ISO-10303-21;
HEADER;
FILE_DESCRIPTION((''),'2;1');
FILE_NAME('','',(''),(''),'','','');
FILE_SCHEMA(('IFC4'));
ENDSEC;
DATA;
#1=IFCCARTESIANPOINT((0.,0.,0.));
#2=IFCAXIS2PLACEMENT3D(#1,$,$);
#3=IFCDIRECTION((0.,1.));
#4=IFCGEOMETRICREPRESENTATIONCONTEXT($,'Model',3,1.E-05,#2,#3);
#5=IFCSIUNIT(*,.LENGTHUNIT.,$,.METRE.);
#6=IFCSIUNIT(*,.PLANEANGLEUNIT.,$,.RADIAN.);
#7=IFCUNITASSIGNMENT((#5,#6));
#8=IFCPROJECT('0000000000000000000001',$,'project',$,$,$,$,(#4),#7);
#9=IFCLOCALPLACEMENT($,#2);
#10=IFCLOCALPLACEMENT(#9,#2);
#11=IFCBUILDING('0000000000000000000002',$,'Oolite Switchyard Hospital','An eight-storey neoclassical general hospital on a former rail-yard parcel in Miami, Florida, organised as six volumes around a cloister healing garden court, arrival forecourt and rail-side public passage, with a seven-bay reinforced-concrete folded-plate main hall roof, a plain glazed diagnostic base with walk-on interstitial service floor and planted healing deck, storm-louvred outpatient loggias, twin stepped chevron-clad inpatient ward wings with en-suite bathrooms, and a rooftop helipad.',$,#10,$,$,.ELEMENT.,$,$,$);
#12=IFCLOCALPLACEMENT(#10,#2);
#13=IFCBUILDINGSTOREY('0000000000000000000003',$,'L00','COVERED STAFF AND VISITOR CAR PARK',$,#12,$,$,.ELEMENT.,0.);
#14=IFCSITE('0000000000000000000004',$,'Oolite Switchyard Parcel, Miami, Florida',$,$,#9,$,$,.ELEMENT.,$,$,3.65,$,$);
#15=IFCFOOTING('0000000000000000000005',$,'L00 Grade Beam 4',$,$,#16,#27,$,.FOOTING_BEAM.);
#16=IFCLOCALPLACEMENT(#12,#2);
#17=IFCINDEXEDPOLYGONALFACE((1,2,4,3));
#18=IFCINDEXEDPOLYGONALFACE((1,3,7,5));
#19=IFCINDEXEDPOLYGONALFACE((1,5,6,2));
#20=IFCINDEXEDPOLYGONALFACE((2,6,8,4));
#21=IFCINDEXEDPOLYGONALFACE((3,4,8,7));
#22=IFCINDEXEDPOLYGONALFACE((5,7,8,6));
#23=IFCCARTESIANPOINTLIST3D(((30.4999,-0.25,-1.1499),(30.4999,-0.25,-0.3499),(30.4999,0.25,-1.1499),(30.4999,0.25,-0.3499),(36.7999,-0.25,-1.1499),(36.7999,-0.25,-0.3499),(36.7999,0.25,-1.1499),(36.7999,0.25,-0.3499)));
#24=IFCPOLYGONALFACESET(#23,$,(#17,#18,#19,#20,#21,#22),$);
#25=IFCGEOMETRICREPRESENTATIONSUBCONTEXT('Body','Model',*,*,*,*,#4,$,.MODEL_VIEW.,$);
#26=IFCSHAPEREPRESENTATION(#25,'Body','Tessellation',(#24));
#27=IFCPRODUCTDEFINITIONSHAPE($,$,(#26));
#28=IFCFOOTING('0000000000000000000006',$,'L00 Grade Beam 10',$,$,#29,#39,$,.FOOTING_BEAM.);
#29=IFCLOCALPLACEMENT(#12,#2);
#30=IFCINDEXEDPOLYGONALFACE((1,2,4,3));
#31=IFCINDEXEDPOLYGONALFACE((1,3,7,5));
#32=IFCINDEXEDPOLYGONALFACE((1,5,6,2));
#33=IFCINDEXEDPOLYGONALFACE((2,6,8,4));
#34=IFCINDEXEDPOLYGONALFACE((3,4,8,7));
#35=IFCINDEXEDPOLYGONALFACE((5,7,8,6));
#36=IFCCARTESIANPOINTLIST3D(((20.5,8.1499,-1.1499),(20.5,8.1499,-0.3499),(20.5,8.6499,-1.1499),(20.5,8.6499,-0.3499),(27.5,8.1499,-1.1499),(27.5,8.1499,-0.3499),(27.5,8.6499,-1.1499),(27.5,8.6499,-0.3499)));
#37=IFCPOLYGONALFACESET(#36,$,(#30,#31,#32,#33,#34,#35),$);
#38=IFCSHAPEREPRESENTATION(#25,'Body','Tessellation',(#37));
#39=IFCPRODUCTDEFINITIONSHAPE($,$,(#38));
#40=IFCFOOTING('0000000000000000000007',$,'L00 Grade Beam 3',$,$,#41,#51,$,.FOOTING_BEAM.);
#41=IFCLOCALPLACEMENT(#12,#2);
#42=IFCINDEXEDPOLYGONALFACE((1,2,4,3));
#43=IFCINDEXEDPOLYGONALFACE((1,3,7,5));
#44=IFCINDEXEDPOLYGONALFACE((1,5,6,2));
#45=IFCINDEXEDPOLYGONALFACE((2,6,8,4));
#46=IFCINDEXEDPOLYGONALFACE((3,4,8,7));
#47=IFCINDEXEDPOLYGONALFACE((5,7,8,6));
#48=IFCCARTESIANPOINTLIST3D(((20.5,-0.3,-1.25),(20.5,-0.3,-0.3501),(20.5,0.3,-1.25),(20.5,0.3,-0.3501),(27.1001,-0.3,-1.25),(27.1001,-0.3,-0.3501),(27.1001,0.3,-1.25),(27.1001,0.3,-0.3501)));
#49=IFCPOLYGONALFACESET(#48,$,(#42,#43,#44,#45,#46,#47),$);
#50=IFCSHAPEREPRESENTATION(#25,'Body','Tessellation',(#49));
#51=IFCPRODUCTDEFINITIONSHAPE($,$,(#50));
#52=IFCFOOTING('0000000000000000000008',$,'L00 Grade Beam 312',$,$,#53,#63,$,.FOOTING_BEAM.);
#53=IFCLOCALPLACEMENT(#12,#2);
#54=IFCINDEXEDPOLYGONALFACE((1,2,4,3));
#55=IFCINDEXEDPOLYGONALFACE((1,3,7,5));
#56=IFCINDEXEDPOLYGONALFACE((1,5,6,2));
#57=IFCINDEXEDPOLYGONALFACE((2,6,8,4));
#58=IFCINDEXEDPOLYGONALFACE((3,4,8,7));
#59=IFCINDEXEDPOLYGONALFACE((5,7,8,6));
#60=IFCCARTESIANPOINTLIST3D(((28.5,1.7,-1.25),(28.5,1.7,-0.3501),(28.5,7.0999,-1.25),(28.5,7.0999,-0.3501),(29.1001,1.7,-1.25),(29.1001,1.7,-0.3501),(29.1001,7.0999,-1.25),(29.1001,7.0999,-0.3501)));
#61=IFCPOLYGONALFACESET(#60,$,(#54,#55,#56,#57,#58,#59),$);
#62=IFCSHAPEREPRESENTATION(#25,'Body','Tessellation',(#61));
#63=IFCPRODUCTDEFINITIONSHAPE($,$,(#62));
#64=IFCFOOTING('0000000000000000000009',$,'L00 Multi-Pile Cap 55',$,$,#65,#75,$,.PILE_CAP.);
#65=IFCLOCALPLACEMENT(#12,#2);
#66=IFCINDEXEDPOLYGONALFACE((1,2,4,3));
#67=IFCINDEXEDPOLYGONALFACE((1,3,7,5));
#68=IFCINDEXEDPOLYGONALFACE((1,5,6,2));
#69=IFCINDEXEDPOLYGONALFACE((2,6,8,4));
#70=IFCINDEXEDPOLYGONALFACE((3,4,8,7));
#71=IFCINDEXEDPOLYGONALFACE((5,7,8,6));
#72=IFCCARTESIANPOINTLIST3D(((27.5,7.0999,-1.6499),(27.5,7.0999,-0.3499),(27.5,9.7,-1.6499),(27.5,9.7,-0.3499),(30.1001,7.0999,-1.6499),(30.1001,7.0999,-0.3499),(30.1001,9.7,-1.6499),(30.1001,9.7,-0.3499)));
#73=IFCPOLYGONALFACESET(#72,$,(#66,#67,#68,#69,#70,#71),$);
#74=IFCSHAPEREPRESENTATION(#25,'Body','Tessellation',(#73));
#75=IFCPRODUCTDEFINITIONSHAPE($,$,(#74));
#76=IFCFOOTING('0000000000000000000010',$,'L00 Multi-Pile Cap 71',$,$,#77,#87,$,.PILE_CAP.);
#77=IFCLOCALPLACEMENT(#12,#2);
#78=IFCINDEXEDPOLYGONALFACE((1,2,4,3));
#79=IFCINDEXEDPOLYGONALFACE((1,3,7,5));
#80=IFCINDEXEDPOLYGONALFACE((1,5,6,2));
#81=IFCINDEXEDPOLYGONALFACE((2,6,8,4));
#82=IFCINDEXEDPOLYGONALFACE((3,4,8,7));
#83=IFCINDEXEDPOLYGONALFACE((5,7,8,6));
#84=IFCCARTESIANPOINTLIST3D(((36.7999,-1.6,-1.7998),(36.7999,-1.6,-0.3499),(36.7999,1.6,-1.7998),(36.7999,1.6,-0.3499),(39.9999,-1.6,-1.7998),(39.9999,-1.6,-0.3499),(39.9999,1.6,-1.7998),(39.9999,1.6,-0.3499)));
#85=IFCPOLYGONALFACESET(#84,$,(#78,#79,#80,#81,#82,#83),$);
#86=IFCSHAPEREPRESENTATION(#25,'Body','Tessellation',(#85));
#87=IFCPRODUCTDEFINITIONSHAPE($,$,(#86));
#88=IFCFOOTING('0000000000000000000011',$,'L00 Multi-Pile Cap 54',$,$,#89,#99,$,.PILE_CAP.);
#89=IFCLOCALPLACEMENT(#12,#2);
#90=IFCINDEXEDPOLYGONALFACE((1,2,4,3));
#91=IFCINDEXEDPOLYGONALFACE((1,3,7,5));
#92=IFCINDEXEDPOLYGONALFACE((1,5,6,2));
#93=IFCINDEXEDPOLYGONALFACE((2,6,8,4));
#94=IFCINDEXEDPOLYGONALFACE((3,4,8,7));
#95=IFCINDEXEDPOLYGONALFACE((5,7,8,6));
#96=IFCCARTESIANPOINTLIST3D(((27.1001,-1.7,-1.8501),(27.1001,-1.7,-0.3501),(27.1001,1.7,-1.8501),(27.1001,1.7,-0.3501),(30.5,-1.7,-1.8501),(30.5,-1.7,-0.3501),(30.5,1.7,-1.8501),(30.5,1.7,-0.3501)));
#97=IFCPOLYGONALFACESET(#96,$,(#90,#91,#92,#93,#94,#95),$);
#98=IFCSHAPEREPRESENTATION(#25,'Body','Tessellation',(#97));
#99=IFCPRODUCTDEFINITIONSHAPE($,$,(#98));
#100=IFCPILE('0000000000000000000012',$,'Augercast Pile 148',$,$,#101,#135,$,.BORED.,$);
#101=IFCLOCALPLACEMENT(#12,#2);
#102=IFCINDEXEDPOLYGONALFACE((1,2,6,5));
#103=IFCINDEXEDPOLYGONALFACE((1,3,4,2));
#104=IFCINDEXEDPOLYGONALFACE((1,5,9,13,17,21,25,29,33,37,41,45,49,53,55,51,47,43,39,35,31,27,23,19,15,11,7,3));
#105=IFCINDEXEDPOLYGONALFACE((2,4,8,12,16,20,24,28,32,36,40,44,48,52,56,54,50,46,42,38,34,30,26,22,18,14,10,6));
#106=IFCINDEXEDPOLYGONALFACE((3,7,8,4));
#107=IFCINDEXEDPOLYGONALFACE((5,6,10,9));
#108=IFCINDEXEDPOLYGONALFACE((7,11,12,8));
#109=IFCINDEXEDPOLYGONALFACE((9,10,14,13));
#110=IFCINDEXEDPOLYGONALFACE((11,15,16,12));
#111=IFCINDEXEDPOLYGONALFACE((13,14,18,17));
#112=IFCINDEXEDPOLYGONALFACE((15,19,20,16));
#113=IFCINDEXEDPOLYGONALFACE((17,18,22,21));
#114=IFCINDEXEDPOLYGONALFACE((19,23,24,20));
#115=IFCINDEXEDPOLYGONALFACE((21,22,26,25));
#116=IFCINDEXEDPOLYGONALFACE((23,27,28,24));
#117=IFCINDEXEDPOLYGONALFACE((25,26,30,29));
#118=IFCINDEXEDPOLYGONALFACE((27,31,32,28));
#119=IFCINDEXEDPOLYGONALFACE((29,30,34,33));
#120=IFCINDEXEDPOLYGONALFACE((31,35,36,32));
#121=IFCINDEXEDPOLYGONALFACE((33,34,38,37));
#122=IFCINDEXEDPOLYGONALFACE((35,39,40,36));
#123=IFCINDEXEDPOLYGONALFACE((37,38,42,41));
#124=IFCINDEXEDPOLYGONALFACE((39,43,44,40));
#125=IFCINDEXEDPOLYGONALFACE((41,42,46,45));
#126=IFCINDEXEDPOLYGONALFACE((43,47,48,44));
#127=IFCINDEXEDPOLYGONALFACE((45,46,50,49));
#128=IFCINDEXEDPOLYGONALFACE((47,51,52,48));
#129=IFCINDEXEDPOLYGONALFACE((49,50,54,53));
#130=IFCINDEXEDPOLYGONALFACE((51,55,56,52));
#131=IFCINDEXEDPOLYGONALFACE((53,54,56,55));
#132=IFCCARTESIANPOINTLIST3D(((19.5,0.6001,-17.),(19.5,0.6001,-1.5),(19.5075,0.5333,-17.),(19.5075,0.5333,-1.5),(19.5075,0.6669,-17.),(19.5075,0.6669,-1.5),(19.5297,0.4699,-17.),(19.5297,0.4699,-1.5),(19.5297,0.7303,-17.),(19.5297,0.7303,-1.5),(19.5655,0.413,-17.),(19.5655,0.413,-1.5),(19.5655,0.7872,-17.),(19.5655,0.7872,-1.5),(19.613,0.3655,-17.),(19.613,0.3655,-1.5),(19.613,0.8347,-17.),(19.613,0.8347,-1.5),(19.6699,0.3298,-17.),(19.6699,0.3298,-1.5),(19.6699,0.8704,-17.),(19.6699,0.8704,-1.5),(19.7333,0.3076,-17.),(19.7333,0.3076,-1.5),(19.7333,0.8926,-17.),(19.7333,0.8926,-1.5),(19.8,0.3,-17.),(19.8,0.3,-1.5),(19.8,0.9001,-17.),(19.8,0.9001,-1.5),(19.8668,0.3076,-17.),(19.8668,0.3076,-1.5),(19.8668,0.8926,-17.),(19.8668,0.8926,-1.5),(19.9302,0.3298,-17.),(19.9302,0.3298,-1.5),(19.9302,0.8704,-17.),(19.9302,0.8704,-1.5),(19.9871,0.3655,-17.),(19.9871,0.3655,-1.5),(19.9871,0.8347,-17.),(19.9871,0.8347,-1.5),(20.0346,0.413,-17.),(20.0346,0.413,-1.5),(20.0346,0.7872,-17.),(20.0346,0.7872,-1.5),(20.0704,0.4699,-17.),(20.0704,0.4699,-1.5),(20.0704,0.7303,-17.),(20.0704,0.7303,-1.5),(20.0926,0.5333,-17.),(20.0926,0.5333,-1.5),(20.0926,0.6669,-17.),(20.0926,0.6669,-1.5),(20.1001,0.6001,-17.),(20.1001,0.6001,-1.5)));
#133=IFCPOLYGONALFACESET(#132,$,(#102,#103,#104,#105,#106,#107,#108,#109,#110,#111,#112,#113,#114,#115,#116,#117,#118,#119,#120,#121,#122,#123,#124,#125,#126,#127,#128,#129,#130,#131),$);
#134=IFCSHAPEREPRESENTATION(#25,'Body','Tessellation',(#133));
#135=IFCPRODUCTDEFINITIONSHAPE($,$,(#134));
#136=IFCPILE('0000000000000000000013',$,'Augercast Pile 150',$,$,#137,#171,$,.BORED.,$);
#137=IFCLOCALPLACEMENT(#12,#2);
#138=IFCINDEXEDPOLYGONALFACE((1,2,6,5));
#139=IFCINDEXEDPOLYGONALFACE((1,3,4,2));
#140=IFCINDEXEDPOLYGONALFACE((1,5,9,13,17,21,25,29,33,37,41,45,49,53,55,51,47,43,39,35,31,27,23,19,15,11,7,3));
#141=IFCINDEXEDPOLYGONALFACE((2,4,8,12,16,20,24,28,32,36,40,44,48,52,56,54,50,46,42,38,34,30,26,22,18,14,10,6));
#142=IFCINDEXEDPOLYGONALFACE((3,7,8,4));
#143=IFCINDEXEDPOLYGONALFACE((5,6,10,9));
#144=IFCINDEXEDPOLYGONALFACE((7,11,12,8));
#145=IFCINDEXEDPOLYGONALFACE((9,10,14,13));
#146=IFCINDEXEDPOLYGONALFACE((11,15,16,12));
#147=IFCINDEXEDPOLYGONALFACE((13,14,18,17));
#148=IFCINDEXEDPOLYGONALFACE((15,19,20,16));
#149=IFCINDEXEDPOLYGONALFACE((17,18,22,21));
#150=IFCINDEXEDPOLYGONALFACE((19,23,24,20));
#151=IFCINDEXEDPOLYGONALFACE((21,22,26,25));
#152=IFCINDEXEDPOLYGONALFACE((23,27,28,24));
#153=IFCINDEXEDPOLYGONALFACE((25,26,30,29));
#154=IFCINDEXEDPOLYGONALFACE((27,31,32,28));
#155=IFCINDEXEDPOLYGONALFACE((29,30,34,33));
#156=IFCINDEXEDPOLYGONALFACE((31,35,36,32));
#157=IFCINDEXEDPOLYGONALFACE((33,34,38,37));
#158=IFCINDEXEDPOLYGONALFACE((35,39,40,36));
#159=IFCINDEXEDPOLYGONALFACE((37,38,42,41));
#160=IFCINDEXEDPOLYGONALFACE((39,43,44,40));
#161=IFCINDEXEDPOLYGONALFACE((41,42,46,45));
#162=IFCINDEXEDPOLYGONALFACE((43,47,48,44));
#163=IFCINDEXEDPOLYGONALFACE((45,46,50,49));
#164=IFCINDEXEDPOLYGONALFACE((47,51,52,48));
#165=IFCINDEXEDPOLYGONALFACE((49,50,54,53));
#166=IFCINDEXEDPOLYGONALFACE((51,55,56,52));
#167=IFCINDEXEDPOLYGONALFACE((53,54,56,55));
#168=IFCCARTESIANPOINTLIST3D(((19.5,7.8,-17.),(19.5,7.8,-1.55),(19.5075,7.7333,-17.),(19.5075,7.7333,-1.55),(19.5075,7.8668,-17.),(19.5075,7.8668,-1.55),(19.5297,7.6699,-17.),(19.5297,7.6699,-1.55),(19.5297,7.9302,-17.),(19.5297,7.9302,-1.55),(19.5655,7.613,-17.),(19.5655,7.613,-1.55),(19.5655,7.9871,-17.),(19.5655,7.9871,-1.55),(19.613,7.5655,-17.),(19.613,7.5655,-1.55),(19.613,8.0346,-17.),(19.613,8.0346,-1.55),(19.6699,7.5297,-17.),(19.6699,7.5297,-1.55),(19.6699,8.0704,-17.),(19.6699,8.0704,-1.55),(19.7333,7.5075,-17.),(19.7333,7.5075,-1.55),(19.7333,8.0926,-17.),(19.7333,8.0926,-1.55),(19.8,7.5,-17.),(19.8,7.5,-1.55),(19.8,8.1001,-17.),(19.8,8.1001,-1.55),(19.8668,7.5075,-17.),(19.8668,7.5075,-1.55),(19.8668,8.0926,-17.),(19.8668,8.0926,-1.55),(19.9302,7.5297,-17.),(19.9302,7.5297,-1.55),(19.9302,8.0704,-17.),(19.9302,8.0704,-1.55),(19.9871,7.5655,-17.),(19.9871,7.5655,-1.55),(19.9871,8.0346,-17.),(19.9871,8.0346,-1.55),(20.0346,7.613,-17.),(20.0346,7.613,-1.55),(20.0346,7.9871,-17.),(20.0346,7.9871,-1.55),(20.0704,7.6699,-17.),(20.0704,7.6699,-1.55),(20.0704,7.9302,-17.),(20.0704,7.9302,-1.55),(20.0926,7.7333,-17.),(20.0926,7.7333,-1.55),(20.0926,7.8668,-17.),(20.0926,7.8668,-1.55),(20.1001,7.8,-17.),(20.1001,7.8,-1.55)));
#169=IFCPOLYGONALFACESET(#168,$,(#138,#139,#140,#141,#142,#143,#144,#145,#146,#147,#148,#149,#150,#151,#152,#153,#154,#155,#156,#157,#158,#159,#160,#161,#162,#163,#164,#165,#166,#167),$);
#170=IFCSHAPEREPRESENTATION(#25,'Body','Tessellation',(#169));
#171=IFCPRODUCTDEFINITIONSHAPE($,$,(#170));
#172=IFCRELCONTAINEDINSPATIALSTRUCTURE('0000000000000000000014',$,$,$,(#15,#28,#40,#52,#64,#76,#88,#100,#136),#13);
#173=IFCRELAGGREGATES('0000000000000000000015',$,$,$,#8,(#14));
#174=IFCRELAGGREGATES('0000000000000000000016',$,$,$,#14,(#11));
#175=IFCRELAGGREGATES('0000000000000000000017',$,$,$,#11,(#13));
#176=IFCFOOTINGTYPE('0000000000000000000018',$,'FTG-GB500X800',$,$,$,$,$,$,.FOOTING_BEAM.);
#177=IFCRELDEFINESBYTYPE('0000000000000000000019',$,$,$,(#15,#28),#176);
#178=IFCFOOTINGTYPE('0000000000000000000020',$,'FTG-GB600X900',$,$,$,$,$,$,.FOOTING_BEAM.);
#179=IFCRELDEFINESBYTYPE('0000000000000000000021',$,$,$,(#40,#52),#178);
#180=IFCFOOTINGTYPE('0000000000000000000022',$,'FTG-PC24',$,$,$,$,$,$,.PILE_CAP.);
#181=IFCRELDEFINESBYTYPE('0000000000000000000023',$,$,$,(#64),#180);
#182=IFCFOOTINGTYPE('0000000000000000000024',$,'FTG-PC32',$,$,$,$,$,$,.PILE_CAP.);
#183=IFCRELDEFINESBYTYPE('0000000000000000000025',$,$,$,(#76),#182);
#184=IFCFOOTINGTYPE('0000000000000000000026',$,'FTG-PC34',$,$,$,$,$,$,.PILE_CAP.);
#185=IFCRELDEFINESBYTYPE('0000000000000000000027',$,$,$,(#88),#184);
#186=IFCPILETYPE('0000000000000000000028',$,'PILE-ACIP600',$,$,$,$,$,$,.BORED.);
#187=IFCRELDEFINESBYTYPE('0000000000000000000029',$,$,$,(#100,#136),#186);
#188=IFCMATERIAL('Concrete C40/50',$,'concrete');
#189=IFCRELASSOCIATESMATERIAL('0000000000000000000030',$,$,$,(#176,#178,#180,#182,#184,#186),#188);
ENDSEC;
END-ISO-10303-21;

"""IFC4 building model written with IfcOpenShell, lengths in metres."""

from ifc_helpers import new_model, si_unit, direction, frame, origin, origin_2d, place, context, subcontext, project, spatial, rectangle, circle, extrude, material, material_profile, profile_set, type_object, element, save


model = new_model("IFC4")

# Units and contexts
model_context = context("Model", 3, precision=1e-05, world=origin(), true_north=direction((0.0, 1.0)))
body_context = subcontext(model_context, "Body", "Model", "MODEL_VIEW")
ifc_project = project(units=[si_unit("LENGTHUNIT", "METRE"), si_unit("PLANEANGLEUNIT", "RADIAN")], contexts=[model_context])

# Site, building, storey
site_placement = place(None, origin())
site = spatial("IfcSite", under=ifc_project, at=site_placement, Name="Oolite Switchyard Parcel, Miami, Florida", CompositionType="ELEMENT", RefElevation=3.65)
building_placement = place(site_placement, origin())
building = spatial("IfcBuilding", under=site, at=building_placement, Name="Oolite Switchyard Hospital", Description="An eight-storey neoclassical general hospital on a former rail-yard parcel in Miami, Florida, organised as six volumes around a cloister healing garden court, arrival forecourt and rail-side public passage, with a seven-bay reinforced-concrete folded-plate main hall roof, a plain glazed diagnostic base with walk-on interstitial service floor and planted healing deck, storm-louvred outpatient loggias, twin stepped chevron-clad inpatient ward wings with en-suite bathrooms, and a rooftop helipad.", CompositionType="ELEMENT")
storey_placement = place(building_placement, origin())
storey = spatial("IfcBuildingStorey", under=building, at=storey_placement, Name="L00", Description="COVERED STAFF AND VISITOR CAR PARK", CompositionType="ELEMENT", Elevation=0.0)

# Footings
ifc_material_1 = material(Name="Concrete C40/50", Category="concrete")
footing_type_1 = type_object("IfcFootingType", Name="FTG-GB500X800", PredefinedType="FOOTING_BEAM", material=ifc_material_1)
footing_1_placement = place(storey_placement, frame((33.6499, 0.0, -1.1499), z_axis=(0.0, 0.0, 1.0), x_axis=(1.0, 0.0, 0.0)))
element("IfcFooting", 1, at=footing_1_placement, inside=storey, type_object=footing_type_1, Name="L00 Grade Beam 4", PredefinedType="FOOTING_BEAM", context=body_context, shape_type="SweptSolid", body=[
    extrude(rectangle(XDim=6.3, YDim=0.5, at=origin_2d()), origin(), (0.0, 0.0, 1.0), 0.8),
])
footing_2_placement = place(storey_placement, frame((24.0, 8.3999, -1.1499), z_axis=(0.0, 0.0, 1.0), x_axis=(1.0, 0.0, 0.0)))
element("IfcFooting", 2, at=footing_2_placement, inside=storey, type_object=footing_type_1, Name="L00 Grade Beam 10", PredefinedType="FOOTING_BEAM", context=body_context, shape_type="SweptSolid", body=[
    extrude(rectangle(XDim=7.0, YDim=0.5, at=origin_2d()), origin(), (0.0, 0.0, 1.0), 0.8),
])
footing_type_2 = type_object("IfcFootingType", Name="FTG-GB600X900", PredefinedType="FOOTING_BEAM", material=ifc_material_1)
footing_3_placement = place(storey_placement, frame((23.8, 0.0, -1.25), z_axis=(0.0, 0.0, 1.0), x_axis=(1.0, 0.0, 0.0)))
element("IfcFooting", 3, at=footing_3_placement, inside=storey, type_object=footing_type_2, Name="L00 Grade Beam 3", PredefinedType="FOOTING_BEAM", context=body_context, shape_type="SweptSolid", body=[
    extrude(rectangle(XDim=6.6001, YDim=0.6001, at=origin_2d()), origin(), (0.0, 0.0, 1.0), 0.8999),
])
footing_4_placement = place(storey_placement, frame((28.8, 4.3999, -1.25), z_axis=(0.0, 0.0, 1.0), x_axis=(0.0, 1.0, 0.0)))
element("IfcFooting", 4, at=footing_4_placement, inside=storey, type_object=footing_type_2, Name="L00 Grade Beam 312", PredefinedType="FOOTING_BEAM", context=body_context, shape_type="SweptSolid", body=[
    extrude(rectangle(XDim=5.3999, YDim=0.6001, at=origin_2d()), origin(), (0.0, 0.0, 1.0), 0.8999),
])
footing_type_3 = type_object("IfcFootingType", Name="FTG-PC24", PredefinedType="PILE_CAP", material=ifc_material_1)
footing_5_placement = place(storey_placement, frame((28.8, 8.3999, -1.6499), z_axis=(0.0, 0.0, 1.0), x_axis=(1.0, 0.0, 0.0)))
element("IfcFooting", 5, at=footing_5_placement, inside=storey, type_object=footing_type_3, Name="L00 Multi-Pile Cap 55", PredefinedType="PILE_CAP", context=body_context, shape_type="SweptSolid", body=[
    extrude(rectangle(XDim=2.6001, YDim=2.6001, at=origin_2d()), origin(), (0.0, 0.0, 1.0), 1.3),
])
footing_type_4 = type_object("IfcFootingType", Name="FTG-PC32", PredefinedType="PILE_CAP", material=ifc_material_1)
footing_6_placement = place(storey_placement, frame((38.3999, 0.0, -1.7998), z_axis=(0.0, 0.0, 1.0), x_axis=(1.0, 0.0, 0.0)))
element("IfcFooting", 6, at=footing_6_placement, inside=storey, type_object=footing_type_4, Name="L00 Multi-Pile Cap 71", PredefinedType="PILE_CAP", context=body_context, shape_type="SweptSolid", body=[
    extrude(rectangle(XDim=3.2, YDim=3.2, at=origin_2d()), origin(), (0.0, 0.0, 1.0), 1.45),
])
footing_type_5 = type_object("IfcFootingType", Name="FTG-PC34", PredefinedType="PILE_CAP", material=ifc_material_1)
footing_7_placement = place(storey_placement, frame((28.8, 0.0, -1.8501), z_axis=(0.0, 0.0, 1.0), x_axis=(1.0, 0.0, 0.0)))
element("IfcFooting", 7, at=footing_7_placement, inside=storey, type_object=footing_type_5, Name="L00 Multi-Pile Cap 54", PredefinedType="PILE_CAP", context=body_context, shape_type="SweptSolid", body=[
    extrude(rectangle(XDim=3.3999, YDim=3.3999, at=origin_2d()), origin(), (0.0, 0.0, 1.0), 1.5),
])

# Piles
ifc_material_profile_1 = material_profile(ifc_material_1, circle(Radius=0.3, at=origin_2d()), Name="PILE600")
ifc_profile_set_1 = profile_set([ifc_material_profile_1], Name="Concrete C40/50")
pile_type = type_object("IfcPileType", Name="PILE-ACIP600", PredefinedType="BORED", material=ifc_profile_set_1)
pile_1_placement = place(storey_placement, frame((19.8, 0.6001, -1.5), z_axis=(0.0, 0.0, -1.0), x_axis=(1.0, 0.0, 0.0)))
element("IfcPile", 8, at=pile_1_placement, inside=storey, type_object=pile_type, Name="Augercast Pile 148", PredefinedType="BORED", context=body_context, shape_type="SweptSolid", body=[
    extrude(circle(Radius=0.3, at=origin_2d()), origin(), (0.0, 0.0, 1.0), 15.5),
])
pile_2_placement = place(storey_placement, frame((19.8, 7.8, -1.55), z_axis=(0.0, 0.0, -1.0), x_axis=(1.0, 0.0, 0.0)))
element("IfcPile", 9, at=pile_2_placement, inside=storey, type_object=pile_type, Name="Augercast Pile 150", PredefinedType="BORED", context=body_context, shape_type="SweptSolid", body=[
    extrude(circle(Radius=0.3, at=origin_2d()), origin(), (0.0, 0.0, 1.0), 15.45),
])

save(model, "model.ifc")
